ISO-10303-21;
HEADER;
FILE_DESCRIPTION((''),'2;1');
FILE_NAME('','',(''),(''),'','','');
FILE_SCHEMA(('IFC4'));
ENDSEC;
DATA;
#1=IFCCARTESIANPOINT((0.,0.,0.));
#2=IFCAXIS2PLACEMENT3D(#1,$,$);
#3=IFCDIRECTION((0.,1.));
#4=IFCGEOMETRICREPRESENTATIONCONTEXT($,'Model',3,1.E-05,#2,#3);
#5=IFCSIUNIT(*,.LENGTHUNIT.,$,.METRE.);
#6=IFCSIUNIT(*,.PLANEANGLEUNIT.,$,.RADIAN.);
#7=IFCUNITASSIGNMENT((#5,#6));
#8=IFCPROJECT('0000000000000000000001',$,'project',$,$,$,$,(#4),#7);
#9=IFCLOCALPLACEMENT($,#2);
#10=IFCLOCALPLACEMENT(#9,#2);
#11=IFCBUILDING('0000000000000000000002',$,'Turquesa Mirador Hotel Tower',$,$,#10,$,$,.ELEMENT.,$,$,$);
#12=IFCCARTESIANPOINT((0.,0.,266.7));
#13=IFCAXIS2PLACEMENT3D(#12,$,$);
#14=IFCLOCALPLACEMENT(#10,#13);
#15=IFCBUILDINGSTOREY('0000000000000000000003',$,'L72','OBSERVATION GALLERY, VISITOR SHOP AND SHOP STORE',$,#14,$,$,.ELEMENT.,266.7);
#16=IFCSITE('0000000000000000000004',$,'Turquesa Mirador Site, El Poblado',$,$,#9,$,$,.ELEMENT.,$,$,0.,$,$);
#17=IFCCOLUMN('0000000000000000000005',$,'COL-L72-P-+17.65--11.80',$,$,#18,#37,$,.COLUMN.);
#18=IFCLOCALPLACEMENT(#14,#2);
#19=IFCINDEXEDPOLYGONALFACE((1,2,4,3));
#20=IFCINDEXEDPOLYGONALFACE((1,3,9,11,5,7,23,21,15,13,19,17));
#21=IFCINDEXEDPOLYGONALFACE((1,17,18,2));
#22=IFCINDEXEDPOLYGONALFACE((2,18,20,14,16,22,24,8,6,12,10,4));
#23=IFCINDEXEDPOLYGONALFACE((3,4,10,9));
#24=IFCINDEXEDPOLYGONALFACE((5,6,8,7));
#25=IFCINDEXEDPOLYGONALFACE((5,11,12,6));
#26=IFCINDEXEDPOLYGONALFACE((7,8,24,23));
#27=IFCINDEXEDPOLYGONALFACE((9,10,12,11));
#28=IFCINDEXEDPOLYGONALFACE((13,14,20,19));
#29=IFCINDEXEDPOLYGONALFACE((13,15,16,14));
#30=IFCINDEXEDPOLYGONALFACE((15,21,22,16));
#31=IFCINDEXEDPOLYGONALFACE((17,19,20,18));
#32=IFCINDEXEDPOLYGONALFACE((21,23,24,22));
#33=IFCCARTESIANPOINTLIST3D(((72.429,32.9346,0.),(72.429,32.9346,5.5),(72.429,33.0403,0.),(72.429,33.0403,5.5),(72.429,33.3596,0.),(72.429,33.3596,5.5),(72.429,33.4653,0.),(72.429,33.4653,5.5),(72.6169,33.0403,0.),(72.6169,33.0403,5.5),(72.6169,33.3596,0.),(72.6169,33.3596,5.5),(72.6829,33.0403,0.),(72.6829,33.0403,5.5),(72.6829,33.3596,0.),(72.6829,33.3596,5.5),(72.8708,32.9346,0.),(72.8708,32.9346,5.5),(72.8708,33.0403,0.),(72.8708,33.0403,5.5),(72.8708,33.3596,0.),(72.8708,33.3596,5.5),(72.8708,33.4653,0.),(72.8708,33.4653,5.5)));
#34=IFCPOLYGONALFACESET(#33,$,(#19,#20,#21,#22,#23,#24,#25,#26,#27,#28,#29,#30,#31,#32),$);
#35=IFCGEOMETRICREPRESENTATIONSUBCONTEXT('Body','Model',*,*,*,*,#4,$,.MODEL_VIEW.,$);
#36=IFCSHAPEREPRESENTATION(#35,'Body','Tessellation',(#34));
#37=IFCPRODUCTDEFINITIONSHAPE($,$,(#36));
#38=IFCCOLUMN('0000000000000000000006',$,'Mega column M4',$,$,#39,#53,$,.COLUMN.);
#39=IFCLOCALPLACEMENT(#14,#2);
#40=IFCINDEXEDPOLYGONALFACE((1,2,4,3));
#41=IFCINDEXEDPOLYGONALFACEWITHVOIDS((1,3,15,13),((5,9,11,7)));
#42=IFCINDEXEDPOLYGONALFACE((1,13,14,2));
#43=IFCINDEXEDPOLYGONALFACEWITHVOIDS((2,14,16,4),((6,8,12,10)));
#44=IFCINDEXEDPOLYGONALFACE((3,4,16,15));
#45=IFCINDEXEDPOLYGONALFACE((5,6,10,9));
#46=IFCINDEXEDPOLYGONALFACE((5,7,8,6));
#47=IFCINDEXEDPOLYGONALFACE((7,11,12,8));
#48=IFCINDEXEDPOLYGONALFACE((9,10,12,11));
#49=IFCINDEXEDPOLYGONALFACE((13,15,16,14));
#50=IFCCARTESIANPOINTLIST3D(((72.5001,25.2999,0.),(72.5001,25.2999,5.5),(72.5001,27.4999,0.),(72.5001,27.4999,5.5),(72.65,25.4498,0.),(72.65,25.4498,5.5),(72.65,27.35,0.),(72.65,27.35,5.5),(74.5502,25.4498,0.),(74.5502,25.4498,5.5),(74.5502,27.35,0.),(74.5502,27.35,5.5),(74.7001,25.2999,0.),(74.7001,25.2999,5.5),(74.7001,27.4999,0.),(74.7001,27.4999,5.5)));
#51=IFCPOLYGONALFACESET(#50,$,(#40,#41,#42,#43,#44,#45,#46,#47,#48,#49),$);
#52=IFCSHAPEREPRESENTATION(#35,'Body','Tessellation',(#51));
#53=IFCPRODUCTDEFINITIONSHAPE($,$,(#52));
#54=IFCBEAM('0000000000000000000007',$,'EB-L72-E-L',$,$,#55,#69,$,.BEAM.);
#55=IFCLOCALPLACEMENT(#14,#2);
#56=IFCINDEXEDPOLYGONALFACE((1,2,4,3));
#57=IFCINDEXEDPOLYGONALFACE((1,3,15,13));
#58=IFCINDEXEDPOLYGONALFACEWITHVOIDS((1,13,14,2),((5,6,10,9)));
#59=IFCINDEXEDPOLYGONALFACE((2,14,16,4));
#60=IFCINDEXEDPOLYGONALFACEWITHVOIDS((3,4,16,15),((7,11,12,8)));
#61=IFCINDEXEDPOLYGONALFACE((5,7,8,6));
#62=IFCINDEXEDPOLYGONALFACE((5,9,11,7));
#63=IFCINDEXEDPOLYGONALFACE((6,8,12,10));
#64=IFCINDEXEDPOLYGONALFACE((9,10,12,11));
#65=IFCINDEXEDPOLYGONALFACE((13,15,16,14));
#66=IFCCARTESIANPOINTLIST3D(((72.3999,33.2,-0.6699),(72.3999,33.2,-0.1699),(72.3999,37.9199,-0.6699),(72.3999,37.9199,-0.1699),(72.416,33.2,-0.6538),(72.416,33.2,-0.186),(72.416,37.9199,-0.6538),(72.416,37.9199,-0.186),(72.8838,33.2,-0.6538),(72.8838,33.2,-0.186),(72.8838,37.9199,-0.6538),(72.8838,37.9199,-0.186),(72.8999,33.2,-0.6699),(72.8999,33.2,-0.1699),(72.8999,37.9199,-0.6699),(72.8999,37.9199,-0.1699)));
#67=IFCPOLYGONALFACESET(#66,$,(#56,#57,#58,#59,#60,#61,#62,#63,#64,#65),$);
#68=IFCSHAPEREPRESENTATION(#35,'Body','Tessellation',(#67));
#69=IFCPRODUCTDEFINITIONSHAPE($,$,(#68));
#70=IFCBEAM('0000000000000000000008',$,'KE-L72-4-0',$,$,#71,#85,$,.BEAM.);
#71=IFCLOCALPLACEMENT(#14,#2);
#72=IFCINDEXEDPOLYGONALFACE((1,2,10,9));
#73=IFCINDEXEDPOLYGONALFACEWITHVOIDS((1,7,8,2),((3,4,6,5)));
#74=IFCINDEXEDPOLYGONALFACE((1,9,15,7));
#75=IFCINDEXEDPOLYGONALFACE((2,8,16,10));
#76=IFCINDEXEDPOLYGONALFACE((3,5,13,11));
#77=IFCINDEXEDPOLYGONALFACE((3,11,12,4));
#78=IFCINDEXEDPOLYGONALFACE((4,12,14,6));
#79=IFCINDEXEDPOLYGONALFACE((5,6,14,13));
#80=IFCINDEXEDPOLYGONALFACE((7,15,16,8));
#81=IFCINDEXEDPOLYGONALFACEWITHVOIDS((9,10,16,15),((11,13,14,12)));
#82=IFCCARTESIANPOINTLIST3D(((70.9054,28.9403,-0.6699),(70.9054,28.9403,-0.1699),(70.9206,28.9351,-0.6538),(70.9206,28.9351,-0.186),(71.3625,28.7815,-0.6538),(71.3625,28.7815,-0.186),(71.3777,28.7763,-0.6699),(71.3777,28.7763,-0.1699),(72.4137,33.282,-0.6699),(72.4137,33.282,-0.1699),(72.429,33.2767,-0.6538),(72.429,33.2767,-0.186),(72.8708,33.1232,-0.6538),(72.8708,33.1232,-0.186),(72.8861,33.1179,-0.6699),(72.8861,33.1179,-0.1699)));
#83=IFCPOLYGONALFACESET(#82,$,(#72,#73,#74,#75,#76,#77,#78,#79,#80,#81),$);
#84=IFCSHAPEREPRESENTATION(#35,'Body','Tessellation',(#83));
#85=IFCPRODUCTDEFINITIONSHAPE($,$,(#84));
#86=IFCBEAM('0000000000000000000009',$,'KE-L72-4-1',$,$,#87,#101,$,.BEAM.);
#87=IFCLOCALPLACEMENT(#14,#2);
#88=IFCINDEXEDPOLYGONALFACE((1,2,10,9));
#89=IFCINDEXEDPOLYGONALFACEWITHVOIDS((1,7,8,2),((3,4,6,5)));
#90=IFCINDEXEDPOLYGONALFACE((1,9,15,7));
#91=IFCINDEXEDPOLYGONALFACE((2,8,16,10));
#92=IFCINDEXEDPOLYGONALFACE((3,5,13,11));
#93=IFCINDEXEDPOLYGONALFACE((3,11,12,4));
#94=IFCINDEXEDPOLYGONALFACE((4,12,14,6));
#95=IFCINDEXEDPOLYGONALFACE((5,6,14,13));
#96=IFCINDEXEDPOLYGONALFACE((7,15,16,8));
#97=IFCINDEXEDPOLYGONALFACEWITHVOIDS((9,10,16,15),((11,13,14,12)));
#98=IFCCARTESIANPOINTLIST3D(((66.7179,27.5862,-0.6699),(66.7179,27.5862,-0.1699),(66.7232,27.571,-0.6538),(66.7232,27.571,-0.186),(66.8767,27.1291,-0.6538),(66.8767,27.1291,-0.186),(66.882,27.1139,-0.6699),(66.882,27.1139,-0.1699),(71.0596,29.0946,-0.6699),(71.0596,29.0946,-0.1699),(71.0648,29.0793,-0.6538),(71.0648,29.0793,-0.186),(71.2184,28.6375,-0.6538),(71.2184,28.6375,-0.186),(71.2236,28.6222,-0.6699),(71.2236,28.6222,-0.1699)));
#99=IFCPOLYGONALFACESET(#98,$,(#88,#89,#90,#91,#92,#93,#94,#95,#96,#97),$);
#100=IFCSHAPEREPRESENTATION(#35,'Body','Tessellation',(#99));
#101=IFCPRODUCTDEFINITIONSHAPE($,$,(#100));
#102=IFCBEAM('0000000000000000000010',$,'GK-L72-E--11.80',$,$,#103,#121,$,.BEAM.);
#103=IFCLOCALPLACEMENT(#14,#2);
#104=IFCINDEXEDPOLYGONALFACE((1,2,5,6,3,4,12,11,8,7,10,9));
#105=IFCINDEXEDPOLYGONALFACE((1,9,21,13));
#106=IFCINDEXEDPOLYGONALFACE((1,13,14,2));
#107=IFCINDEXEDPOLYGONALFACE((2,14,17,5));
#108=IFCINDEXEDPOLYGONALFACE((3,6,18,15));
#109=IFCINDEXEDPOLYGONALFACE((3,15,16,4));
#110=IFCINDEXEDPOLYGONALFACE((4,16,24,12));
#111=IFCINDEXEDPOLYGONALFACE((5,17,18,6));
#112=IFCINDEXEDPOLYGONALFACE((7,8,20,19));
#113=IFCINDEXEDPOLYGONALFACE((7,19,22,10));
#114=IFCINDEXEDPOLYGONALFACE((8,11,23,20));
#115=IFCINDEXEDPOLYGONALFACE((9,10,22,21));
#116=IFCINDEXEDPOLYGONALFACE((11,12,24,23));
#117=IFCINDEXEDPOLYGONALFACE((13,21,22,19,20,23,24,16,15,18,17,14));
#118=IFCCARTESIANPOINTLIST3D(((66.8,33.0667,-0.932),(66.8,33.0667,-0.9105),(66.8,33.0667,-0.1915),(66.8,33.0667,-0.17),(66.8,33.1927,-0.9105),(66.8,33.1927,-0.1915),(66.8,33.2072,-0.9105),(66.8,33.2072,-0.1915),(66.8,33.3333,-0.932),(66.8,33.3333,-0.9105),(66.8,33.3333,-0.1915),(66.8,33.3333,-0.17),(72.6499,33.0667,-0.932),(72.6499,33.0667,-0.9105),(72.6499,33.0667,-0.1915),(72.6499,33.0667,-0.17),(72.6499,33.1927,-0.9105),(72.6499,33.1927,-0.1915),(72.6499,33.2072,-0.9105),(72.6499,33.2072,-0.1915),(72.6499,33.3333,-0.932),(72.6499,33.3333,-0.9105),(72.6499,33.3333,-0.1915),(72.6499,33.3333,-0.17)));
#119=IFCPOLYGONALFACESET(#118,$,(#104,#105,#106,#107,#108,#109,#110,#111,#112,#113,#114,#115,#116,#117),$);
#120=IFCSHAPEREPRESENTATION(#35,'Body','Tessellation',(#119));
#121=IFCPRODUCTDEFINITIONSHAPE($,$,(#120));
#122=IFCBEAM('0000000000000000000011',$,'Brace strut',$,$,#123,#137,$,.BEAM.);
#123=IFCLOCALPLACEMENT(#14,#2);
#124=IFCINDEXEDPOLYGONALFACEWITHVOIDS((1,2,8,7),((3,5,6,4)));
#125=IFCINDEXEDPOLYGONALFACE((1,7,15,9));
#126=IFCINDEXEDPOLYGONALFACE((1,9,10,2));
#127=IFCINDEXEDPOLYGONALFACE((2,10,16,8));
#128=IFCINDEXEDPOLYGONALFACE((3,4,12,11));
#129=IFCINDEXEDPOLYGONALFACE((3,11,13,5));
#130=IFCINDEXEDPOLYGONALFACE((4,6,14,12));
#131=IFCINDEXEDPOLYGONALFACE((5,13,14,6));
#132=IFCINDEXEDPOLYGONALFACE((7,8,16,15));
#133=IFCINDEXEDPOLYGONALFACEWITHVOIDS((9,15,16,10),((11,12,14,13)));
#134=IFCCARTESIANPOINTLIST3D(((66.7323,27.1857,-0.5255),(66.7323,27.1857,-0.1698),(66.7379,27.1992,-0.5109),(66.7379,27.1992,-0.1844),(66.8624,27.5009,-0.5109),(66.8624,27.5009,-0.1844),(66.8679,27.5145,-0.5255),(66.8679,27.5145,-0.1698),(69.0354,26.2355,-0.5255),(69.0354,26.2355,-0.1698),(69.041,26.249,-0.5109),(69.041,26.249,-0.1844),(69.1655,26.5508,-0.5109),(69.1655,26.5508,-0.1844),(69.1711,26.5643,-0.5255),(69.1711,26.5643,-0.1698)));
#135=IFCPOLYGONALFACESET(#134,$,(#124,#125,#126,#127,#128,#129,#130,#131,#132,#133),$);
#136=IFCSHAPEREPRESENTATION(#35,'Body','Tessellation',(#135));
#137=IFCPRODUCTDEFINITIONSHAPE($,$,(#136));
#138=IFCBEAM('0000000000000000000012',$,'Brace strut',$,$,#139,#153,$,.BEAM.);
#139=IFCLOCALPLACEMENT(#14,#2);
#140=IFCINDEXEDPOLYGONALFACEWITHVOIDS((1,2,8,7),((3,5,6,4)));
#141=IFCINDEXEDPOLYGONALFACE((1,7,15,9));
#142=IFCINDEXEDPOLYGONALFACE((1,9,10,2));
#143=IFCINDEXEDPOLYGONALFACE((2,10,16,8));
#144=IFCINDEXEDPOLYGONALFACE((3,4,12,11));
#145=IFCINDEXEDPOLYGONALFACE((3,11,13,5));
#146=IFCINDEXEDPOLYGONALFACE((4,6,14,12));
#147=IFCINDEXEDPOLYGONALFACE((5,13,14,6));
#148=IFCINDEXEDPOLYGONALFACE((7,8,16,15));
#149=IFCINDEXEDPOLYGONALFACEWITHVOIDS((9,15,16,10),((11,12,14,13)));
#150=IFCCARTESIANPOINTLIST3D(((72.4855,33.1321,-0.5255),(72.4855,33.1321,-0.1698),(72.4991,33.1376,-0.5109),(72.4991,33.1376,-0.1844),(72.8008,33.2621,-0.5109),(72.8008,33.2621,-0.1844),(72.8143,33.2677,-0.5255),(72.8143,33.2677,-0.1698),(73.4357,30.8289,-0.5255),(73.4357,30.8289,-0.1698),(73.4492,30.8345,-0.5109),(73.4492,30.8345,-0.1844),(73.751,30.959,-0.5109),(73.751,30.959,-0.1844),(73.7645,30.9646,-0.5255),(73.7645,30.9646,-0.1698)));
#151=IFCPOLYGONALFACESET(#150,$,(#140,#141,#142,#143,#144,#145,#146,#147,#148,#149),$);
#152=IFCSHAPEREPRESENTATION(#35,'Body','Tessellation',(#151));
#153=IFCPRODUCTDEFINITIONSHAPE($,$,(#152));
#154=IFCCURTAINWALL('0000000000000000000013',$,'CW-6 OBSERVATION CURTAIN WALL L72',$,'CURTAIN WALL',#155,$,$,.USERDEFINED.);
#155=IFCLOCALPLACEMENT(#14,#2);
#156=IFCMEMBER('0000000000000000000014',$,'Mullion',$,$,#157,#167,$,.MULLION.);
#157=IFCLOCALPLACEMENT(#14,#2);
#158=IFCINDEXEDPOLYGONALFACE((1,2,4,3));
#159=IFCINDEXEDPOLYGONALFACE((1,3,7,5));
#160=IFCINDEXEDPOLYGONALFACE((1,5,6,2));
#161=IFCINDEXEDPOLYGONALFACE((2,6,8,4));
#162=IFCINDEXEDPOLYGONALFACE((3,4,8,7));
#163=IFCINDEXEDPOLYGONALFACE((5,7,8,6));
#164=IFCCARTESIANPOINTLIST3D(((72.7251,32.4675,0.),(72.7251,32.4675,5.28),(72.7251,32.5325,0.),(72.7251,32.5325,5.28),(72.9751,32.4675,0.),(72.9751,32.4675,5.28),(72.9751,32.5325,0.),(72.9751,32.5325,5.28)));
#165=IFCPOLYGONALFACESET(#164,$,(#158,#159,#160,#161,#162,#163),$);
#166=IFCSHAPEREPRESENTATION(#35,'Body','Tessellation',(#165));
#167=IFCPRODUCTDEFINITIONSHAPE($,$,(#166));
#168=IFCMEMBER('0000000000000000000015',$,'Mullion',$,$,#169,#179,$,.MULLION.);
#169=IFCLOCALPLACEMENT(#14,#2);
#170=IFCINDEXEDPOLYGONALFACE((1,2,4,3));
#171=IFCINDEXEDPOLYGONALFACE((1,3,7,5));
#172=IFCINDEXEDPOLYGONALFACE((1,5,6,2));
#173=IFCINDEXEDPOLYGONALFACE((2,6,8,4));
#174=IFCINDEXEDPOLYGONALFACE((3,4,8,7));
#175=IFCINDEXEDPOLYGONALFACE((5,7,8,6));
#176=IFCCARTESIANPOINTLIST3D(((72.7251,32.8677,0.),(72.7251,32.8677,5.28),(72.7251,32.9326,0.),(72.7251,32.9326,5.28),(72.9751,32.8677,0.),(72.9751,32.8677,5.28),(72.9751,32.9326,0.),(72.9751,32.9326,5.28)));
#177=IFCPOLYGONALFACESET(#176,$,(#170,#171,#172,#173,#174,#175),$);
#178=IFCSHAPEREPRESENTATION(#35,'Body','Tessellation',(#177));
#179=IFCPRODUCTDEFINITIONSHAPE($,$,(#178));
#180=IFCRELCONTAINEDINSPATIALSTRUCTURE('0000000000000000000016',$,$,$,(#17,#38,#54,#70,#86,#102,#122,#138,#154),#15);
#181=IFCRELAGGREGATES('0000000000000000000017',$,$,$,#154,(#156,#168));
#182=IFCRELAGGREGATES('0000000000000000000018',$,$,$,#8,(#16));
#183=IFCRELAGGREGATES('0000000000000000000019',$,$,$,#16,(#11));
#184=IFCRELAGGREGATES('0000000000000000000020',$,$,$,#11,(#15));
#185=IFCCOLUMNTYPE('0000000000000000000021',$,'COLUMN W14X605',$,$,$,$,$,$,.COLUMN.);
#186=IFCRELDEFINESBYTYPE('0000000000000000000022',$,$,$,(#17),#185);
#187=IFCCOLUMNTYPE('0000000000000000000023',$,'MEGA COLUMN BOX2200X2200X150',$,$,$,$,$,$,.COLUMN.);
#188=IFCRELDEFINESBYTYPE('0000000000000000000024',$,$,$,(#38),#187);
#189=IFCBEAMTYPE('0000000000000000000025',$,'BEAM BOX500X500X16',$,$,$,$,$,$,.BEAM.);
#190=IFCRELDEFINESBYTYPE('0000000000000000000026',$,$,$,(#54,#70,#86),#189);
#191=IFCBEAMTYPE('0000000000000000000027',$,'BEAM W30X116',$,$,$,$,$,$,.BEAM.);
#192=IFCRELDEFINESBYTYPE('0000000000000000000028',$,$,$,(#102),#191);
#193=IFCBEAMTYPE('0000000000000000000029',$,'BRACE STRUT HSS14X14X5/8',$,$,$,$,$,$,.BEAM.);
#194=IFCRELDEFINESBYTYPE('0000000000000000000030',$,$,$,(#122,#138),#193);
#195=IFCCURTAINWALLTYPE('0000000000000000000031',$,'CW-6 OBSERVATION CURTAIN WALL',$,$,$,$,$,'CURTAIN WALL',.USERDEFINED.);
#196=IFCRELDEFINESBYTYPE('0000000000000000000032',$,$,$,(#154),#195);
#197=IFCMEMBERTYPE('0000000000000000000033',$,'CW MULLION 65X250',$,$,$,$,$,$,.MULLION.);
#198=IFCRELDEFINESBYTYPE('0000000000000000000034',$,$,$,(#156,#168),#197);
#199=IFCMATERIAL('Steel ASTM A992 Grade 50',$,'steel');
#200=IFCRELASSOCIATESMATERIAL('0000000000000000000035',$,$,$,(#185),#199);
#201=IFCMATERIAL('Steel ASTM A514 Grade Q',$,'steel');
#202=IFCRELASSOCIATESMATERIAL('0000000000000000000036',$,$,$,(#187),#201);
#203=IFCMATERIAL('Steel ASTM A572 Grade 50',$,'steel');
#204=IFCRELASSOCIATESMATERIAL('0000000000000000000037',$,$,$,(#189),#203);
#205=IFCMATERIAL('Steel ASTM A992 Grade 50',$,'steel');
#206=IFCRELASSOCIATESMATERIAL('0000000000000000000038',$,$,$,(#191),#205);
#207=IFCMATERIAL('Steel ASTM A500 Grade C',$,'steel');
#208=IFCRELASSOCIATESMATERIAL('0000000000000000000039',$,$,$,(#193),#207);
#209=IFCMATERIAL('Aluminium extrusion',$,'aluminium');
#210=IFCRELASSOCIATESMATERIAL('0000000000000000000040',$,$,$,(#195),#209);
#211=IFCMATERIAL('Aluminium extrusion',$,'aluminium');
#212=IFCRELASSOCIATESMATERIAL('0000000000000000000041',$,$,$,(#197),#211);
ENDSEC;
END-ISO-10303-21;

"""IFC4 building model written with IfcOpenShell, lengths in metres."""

from ifc_helpers import new_model, si_unit, direction, frame, origin, origin_2d, place, context, subcontext, project, spatial, rectangle, hollow_rectangle, i_section, extrude, material, material_profile, profile_set, type_object, element, aggregate, save


model = new_model("IFC4")

# Units and contexts
model_context = context("Model", 3, precision=1e-05, world=origin(), true_north=direction((0.0, 1.0)))
body_context = subcontext(model_context, "Body", "Model", "MODEL_VIEW")
ifc_project = project(units=[si_unit("LENGTHUNIT", "METRE"), si_unit("PLANEANGLEUNIT", "RADIAN")], contexts=[model_context])

# Site, building, storey
site_placement = place(None, origin())
site = spatial("IfcSite", under=ifc_project, at=site_placement, Name="Turquesa Mirador Site, El Poblado", CompositionType="ELEMENT", RefElevation=0.0)
building_placement = place(site_placement, origin())
building = spatial("IfcBuilding", under=site, at=building_placement, Name="Turquesa Mirador Hotel Tower", CompositionType="ELEMENT")
storey_placement = place(building_placement, frame((0.0, 0.0, 266.7)))
storey = spatial("IfcBuildingStorey", under=building, at=storey_placement, Name="L72", Description="OBSERVATION GALLERY, VISITOR SHOP AND SHOP STORE", CompositionType="ELEMENT", Elevation=266.7)

# Columns
ifc_material_1 = material(Name="Steel ASTM A992 Grade 50", Category="steel")
ifc_material_profile_1 = material_profile(ifc_material_1, i_section(OverallWidth=0.4419, OverallDepth=0.5308, WebThickness=0.0659, FlangeThickness=0.1057, at=origin_2d()), Name="W14X605")
ifc_profile_set_1 = profile_set([ifc_material_profile_1], Name="Steel ASTM A992 Grade 50")
column_type_1 = type_object("IfcColumnType", Name="COLUMN W14X605", PredefinedType="COLUMN", material=ifc_profile_set_1)
column_1_placement = place(storey_placement, frame((72.6499, 33.2, 0.0), z_axis=(0.0, 0.0, 1.0), x_axis=(1.0, 0.0, 0.0)))
element("IfcColumn", 1, at=column_1_placement, inside=storey, type_object=column_type_1, Name="COL-L72-P-+17.65--11.80", PredefinedType="COLUMN", context=body_context, shape_type="SweptSolid", body=[
    extrude(i_section(OverallWidth=0.4419, OverallDepth=0.5308, WebThickness=0.0659, FlangeThickness=0.1057, at=origin_2d()), origin(), (0.0, 0.0, 1.0), 5.5),
])
ifc_material_2 = material(Name="Steel ASTM A514 Grade Q", Category="steel")
ifc_material_profile_2 = material_profile(ifc_material_2, hollow_rectangle(XDim=2.2, YDim=2.2, WallThickness=0.1499, at=origin_2d()), Name="BOX2200X2200X150")
ifc_profile_set_2 = profile_set([ifc_material_profile_2], Name="Steel ASTM A514 Grade Q")
column_type_2 = type_object("IfcColumnType", Name="MEGA COLUMN BOX2200X2200X150", PredefinedType="COLUMN", material=ifc_profile_set_2)
column_2_placement = place(storey_placement, frame((73.6001, 26.3999, 0.0), z_axis=(0.0, 0.0, 1.0), x_axis=(1.0, 0.0, 0.0)))
element("IfcColumn", 2, at=column_2_placement, inside=storey, type_object=column_type_2, Name="Mega column M4", PredefinedType="COLUMN", context=body_context, shape_type="SweptSolid", body=[
    extrude(hollow_rectangle(XDim=2.2, YDim=2.2, WallThickness=0.1499, at=origin_2d()), origin(), (0.0, 0.0, 1.0), 5.5),
])

# Beams
ifc_material_3 = material(Name="Steel ASTM A572 Grade 50", Category="steel")
ifc_material_profile_3 = material_profile(ifc_material_3, hollow_rectangle(XDim=0.5, YDim=0.5, WallThickness=0.0161, at=origin_2d()), Name="BOX500X500X16")
ifc_profile_set_3 = profile_set([ifc_material_profile_3], Name="Steel ASTM A572 Grade 50")
beam_type_1 = type_object("IfcBeamType", Name="BEAM BOX500X500X16", PredefinedType="BEAM", material=ifc_profile_set_3)
beam_1_placement = place(storey_placement, frame((72.6499, 33.2, -0.4199), z_axis=(0.0, 1.0, 0.0), x_axis=(-1.0, 0.0, 0.0)))
element("IfcBeam", 3, at=beam_1_placement, inside=storey, type_object=beam_type_1, Name="EB-L72-E-L", PredefinedType="BEAM", context=body_context, shape_type="SweptSolid", body=[
    extrude(hollow_rectangle(XDim=0.5, YDim=0.5, WallThickness=0.0161, at=origin_2d()), origin(), (0.0, 0.0, 1.0), 4.72),
])
for number, where, z_axis, x_axis, name in (
    (4, (72.6499, 33.2, -0.4199), (-0.32817, -0.944619, 0.0), (0.944619, -0.32817, 0.0), "KE-L72-4-0"),
    (5, (71.1416, 28.8584, -0.4199), (-0.944619, -0.32817, 0.0), (0.32817, -0.944619, 0.0), "KE-L72-4-1"),
):
    element("IfcBeam", number, at=place(storey_placement, frame(where, z_axis=z_axis, x_axis=x_axis)), inside=storey, type_object=beam_type_1, Name=name, PredefinedType="BEAM", context=body_context, shape_type="SweptSolid", body=[
        extrude(hollow_rectangle(XDim=0.5, YDim=0.5, WallThickness=0.0161, at=origin_2d()), origin(), (0.0, 0.0, 1.0), 4.5962),
    ])
ifc_material_4 = material(Name="Steel ASTM A992 Grade 50", Category="steel")
ifc_material_profile_4 = material_profile(ifc_material_4, i_section(OverallWidth=0.2666, OverallDepth=0.762, WebThickness=0.0144, FlangeThickness=0.0215, at=origin_2d()), Name="W30X116")
ifc_profile_set_4 = profile_set([ifc_material_profile_4], Name="Steel ASTM A992 Grade 50")
beam_type_2 = type_object("IfcBeamType", Name="BEAM W30X116", PredefinedType="BEAM", material=ifc_profile_set_4)
beam_2_placement = place(storey_placement, frame((72.6499, 33.2, -0.551), z_axis=(-1.0, 0.0, 0.0), x_axis=(0.0, -1.0, 0.0)))
element("IfcBeam", 6, at=beam_2_placement, inside=storey, type_object=beam_type_2, Name="GK-L72-E--11.80", PredefinedType="BEAM", context=body_context, shape_type="SweptSolid", body=[
    extrude(i_section(OverallWidth=0.2666, OverallDepth=0.762, WebThickness=0.0144, FlangeThickness=0.0215, at=origin_2d()), origin(), (0.0, 0.0, 1.0), 5.8499),
])
ifc_material_5 = material(Name="Steel ASTM A500 Grade C", Category="steel")
ifc_material_profile_5 = material_profile(ifc_material_5, hollow_rectangle(XDim=0.3557, YDim=0.3557, WallThickness=0.0146, at=origin_2d()), Name="HSS14X14X5/8")
ifc_profile_set_5 = profile_set([ifc_material_profile_5], Name="Steel ASTM A500 Grade C")
beam_type_3 = type_object("IfcBeamType", Name="BRACE STRUT HSS14X14X5/8", PredefinedType="BEAM", material=ifc_profile_set_5)
for number, where, z_axis, x_axis, name in (
    (7, (69.1033, 26.3999, -0.3477), (-0.924422, 0.381371, 0.0), (-0.381371, -0.924422, 0.0), "Brace strut"),
    (8, (73.6001, 30.8967, -0.3477), (-0.381371, 0.924422, 0.0), (-0.924422, -0.381371, 0.0), "Brace strut"),
):
    element("IfcBeam", number, at=place(storey_placement, frame(where, z_axis=z_axis, x_axis=x_axis)), inside=storey, type_object=beam_type_3, Name=name, PredefinedType="BEAM", context=body_context, shape_type="SweptSolid", body=[
        extrude(hollow_rectangle(XDim=0.3557, YDim=0.3557, WallThickness=0.0146, at=origin_2d()), origin(), (0.0, 0.0, 1.0), 2.4915),
    ])

# Curtain wall, members
ifc_material_6 = material(Name="Aluminium extrusion", Category="aluminium")
curtain_wall_type = type_object("IfcCurtainWallType", Name="CW-6 OBSERVATION CURTAIN WALL", ElementType="CURTAIN WALL", PredefinedType="USERDEFINED", material=ifc_material_6)
curtain_wall_1_placement = place(storey_placement, origin())
curtain_wall_1 = element("IfcCurtainWall", 9, at=curtain_wall_1_placement, inside=storey, type_object=curtain_wall_type, Name="CW-6 OBSERVATION CURTAIN WALL L72", ObjectType="CURTAIN WALL", PredefinedType="USERDEFINED")
ifc_material_7 = material(Name="Aluminium extrusion", Category="aluminium")
ifc_material_profile_6 = material_profile(ifc_material_7, rectangle(XDim=0.0649, YDim=0.25, at=origin_2d()), Name="MULLION 65X250")
ifc_profile_set_6 = profile_set([ifc_material_profile_6], Name="Aluminium extrusion")
member_type_1 = type_object("IfcMemberType", Name="CW MULLION 65X250", PredefinedType="MULLION", material=ifc_profile_set_6)
member_1_placement = place(storey_placement, frame((72.8501, 32.5, 0.0), z_axis=(0.0, 0.0, 1.0), x_axis=(0.0, 1.0, 0.0)))
member_1 = element("IfcMember", 10, at=member_1_placement, type_object=member_type_1, Name="Mullion", PredefinedType="MULLION", context=body_context, shape_type="SweptSolid", body=[
    extrude(rectangle(XDim=0.0649, YDim=0.25, at=origin_2d()), origin(), (0.0, 0.0, 1.0), 5.28),
])
member_2_placement = place(storey_placement, frame((72.8501, 32.9001, 0.0), z_axis=(0.0, 0.0, 1.0), x_axis=(0.0, 1.0, 0.0)))
member_2 = element("IfcMember", 11, at=member_2_placement, type_object=member_type_1, Name="Mullion", PredefinedType="MULLION", context=body_context, shape_type="SweptSolid", body=[
    extrude(rectangle(XDim=0.0649, YDim=0.25, at=origin_2d()), origin(), (0.0, 0.0, 1.0), 5.28),
])

aggregate(curtain_wall_1, [member_1, member_2])

save(model, "model.ifc")
